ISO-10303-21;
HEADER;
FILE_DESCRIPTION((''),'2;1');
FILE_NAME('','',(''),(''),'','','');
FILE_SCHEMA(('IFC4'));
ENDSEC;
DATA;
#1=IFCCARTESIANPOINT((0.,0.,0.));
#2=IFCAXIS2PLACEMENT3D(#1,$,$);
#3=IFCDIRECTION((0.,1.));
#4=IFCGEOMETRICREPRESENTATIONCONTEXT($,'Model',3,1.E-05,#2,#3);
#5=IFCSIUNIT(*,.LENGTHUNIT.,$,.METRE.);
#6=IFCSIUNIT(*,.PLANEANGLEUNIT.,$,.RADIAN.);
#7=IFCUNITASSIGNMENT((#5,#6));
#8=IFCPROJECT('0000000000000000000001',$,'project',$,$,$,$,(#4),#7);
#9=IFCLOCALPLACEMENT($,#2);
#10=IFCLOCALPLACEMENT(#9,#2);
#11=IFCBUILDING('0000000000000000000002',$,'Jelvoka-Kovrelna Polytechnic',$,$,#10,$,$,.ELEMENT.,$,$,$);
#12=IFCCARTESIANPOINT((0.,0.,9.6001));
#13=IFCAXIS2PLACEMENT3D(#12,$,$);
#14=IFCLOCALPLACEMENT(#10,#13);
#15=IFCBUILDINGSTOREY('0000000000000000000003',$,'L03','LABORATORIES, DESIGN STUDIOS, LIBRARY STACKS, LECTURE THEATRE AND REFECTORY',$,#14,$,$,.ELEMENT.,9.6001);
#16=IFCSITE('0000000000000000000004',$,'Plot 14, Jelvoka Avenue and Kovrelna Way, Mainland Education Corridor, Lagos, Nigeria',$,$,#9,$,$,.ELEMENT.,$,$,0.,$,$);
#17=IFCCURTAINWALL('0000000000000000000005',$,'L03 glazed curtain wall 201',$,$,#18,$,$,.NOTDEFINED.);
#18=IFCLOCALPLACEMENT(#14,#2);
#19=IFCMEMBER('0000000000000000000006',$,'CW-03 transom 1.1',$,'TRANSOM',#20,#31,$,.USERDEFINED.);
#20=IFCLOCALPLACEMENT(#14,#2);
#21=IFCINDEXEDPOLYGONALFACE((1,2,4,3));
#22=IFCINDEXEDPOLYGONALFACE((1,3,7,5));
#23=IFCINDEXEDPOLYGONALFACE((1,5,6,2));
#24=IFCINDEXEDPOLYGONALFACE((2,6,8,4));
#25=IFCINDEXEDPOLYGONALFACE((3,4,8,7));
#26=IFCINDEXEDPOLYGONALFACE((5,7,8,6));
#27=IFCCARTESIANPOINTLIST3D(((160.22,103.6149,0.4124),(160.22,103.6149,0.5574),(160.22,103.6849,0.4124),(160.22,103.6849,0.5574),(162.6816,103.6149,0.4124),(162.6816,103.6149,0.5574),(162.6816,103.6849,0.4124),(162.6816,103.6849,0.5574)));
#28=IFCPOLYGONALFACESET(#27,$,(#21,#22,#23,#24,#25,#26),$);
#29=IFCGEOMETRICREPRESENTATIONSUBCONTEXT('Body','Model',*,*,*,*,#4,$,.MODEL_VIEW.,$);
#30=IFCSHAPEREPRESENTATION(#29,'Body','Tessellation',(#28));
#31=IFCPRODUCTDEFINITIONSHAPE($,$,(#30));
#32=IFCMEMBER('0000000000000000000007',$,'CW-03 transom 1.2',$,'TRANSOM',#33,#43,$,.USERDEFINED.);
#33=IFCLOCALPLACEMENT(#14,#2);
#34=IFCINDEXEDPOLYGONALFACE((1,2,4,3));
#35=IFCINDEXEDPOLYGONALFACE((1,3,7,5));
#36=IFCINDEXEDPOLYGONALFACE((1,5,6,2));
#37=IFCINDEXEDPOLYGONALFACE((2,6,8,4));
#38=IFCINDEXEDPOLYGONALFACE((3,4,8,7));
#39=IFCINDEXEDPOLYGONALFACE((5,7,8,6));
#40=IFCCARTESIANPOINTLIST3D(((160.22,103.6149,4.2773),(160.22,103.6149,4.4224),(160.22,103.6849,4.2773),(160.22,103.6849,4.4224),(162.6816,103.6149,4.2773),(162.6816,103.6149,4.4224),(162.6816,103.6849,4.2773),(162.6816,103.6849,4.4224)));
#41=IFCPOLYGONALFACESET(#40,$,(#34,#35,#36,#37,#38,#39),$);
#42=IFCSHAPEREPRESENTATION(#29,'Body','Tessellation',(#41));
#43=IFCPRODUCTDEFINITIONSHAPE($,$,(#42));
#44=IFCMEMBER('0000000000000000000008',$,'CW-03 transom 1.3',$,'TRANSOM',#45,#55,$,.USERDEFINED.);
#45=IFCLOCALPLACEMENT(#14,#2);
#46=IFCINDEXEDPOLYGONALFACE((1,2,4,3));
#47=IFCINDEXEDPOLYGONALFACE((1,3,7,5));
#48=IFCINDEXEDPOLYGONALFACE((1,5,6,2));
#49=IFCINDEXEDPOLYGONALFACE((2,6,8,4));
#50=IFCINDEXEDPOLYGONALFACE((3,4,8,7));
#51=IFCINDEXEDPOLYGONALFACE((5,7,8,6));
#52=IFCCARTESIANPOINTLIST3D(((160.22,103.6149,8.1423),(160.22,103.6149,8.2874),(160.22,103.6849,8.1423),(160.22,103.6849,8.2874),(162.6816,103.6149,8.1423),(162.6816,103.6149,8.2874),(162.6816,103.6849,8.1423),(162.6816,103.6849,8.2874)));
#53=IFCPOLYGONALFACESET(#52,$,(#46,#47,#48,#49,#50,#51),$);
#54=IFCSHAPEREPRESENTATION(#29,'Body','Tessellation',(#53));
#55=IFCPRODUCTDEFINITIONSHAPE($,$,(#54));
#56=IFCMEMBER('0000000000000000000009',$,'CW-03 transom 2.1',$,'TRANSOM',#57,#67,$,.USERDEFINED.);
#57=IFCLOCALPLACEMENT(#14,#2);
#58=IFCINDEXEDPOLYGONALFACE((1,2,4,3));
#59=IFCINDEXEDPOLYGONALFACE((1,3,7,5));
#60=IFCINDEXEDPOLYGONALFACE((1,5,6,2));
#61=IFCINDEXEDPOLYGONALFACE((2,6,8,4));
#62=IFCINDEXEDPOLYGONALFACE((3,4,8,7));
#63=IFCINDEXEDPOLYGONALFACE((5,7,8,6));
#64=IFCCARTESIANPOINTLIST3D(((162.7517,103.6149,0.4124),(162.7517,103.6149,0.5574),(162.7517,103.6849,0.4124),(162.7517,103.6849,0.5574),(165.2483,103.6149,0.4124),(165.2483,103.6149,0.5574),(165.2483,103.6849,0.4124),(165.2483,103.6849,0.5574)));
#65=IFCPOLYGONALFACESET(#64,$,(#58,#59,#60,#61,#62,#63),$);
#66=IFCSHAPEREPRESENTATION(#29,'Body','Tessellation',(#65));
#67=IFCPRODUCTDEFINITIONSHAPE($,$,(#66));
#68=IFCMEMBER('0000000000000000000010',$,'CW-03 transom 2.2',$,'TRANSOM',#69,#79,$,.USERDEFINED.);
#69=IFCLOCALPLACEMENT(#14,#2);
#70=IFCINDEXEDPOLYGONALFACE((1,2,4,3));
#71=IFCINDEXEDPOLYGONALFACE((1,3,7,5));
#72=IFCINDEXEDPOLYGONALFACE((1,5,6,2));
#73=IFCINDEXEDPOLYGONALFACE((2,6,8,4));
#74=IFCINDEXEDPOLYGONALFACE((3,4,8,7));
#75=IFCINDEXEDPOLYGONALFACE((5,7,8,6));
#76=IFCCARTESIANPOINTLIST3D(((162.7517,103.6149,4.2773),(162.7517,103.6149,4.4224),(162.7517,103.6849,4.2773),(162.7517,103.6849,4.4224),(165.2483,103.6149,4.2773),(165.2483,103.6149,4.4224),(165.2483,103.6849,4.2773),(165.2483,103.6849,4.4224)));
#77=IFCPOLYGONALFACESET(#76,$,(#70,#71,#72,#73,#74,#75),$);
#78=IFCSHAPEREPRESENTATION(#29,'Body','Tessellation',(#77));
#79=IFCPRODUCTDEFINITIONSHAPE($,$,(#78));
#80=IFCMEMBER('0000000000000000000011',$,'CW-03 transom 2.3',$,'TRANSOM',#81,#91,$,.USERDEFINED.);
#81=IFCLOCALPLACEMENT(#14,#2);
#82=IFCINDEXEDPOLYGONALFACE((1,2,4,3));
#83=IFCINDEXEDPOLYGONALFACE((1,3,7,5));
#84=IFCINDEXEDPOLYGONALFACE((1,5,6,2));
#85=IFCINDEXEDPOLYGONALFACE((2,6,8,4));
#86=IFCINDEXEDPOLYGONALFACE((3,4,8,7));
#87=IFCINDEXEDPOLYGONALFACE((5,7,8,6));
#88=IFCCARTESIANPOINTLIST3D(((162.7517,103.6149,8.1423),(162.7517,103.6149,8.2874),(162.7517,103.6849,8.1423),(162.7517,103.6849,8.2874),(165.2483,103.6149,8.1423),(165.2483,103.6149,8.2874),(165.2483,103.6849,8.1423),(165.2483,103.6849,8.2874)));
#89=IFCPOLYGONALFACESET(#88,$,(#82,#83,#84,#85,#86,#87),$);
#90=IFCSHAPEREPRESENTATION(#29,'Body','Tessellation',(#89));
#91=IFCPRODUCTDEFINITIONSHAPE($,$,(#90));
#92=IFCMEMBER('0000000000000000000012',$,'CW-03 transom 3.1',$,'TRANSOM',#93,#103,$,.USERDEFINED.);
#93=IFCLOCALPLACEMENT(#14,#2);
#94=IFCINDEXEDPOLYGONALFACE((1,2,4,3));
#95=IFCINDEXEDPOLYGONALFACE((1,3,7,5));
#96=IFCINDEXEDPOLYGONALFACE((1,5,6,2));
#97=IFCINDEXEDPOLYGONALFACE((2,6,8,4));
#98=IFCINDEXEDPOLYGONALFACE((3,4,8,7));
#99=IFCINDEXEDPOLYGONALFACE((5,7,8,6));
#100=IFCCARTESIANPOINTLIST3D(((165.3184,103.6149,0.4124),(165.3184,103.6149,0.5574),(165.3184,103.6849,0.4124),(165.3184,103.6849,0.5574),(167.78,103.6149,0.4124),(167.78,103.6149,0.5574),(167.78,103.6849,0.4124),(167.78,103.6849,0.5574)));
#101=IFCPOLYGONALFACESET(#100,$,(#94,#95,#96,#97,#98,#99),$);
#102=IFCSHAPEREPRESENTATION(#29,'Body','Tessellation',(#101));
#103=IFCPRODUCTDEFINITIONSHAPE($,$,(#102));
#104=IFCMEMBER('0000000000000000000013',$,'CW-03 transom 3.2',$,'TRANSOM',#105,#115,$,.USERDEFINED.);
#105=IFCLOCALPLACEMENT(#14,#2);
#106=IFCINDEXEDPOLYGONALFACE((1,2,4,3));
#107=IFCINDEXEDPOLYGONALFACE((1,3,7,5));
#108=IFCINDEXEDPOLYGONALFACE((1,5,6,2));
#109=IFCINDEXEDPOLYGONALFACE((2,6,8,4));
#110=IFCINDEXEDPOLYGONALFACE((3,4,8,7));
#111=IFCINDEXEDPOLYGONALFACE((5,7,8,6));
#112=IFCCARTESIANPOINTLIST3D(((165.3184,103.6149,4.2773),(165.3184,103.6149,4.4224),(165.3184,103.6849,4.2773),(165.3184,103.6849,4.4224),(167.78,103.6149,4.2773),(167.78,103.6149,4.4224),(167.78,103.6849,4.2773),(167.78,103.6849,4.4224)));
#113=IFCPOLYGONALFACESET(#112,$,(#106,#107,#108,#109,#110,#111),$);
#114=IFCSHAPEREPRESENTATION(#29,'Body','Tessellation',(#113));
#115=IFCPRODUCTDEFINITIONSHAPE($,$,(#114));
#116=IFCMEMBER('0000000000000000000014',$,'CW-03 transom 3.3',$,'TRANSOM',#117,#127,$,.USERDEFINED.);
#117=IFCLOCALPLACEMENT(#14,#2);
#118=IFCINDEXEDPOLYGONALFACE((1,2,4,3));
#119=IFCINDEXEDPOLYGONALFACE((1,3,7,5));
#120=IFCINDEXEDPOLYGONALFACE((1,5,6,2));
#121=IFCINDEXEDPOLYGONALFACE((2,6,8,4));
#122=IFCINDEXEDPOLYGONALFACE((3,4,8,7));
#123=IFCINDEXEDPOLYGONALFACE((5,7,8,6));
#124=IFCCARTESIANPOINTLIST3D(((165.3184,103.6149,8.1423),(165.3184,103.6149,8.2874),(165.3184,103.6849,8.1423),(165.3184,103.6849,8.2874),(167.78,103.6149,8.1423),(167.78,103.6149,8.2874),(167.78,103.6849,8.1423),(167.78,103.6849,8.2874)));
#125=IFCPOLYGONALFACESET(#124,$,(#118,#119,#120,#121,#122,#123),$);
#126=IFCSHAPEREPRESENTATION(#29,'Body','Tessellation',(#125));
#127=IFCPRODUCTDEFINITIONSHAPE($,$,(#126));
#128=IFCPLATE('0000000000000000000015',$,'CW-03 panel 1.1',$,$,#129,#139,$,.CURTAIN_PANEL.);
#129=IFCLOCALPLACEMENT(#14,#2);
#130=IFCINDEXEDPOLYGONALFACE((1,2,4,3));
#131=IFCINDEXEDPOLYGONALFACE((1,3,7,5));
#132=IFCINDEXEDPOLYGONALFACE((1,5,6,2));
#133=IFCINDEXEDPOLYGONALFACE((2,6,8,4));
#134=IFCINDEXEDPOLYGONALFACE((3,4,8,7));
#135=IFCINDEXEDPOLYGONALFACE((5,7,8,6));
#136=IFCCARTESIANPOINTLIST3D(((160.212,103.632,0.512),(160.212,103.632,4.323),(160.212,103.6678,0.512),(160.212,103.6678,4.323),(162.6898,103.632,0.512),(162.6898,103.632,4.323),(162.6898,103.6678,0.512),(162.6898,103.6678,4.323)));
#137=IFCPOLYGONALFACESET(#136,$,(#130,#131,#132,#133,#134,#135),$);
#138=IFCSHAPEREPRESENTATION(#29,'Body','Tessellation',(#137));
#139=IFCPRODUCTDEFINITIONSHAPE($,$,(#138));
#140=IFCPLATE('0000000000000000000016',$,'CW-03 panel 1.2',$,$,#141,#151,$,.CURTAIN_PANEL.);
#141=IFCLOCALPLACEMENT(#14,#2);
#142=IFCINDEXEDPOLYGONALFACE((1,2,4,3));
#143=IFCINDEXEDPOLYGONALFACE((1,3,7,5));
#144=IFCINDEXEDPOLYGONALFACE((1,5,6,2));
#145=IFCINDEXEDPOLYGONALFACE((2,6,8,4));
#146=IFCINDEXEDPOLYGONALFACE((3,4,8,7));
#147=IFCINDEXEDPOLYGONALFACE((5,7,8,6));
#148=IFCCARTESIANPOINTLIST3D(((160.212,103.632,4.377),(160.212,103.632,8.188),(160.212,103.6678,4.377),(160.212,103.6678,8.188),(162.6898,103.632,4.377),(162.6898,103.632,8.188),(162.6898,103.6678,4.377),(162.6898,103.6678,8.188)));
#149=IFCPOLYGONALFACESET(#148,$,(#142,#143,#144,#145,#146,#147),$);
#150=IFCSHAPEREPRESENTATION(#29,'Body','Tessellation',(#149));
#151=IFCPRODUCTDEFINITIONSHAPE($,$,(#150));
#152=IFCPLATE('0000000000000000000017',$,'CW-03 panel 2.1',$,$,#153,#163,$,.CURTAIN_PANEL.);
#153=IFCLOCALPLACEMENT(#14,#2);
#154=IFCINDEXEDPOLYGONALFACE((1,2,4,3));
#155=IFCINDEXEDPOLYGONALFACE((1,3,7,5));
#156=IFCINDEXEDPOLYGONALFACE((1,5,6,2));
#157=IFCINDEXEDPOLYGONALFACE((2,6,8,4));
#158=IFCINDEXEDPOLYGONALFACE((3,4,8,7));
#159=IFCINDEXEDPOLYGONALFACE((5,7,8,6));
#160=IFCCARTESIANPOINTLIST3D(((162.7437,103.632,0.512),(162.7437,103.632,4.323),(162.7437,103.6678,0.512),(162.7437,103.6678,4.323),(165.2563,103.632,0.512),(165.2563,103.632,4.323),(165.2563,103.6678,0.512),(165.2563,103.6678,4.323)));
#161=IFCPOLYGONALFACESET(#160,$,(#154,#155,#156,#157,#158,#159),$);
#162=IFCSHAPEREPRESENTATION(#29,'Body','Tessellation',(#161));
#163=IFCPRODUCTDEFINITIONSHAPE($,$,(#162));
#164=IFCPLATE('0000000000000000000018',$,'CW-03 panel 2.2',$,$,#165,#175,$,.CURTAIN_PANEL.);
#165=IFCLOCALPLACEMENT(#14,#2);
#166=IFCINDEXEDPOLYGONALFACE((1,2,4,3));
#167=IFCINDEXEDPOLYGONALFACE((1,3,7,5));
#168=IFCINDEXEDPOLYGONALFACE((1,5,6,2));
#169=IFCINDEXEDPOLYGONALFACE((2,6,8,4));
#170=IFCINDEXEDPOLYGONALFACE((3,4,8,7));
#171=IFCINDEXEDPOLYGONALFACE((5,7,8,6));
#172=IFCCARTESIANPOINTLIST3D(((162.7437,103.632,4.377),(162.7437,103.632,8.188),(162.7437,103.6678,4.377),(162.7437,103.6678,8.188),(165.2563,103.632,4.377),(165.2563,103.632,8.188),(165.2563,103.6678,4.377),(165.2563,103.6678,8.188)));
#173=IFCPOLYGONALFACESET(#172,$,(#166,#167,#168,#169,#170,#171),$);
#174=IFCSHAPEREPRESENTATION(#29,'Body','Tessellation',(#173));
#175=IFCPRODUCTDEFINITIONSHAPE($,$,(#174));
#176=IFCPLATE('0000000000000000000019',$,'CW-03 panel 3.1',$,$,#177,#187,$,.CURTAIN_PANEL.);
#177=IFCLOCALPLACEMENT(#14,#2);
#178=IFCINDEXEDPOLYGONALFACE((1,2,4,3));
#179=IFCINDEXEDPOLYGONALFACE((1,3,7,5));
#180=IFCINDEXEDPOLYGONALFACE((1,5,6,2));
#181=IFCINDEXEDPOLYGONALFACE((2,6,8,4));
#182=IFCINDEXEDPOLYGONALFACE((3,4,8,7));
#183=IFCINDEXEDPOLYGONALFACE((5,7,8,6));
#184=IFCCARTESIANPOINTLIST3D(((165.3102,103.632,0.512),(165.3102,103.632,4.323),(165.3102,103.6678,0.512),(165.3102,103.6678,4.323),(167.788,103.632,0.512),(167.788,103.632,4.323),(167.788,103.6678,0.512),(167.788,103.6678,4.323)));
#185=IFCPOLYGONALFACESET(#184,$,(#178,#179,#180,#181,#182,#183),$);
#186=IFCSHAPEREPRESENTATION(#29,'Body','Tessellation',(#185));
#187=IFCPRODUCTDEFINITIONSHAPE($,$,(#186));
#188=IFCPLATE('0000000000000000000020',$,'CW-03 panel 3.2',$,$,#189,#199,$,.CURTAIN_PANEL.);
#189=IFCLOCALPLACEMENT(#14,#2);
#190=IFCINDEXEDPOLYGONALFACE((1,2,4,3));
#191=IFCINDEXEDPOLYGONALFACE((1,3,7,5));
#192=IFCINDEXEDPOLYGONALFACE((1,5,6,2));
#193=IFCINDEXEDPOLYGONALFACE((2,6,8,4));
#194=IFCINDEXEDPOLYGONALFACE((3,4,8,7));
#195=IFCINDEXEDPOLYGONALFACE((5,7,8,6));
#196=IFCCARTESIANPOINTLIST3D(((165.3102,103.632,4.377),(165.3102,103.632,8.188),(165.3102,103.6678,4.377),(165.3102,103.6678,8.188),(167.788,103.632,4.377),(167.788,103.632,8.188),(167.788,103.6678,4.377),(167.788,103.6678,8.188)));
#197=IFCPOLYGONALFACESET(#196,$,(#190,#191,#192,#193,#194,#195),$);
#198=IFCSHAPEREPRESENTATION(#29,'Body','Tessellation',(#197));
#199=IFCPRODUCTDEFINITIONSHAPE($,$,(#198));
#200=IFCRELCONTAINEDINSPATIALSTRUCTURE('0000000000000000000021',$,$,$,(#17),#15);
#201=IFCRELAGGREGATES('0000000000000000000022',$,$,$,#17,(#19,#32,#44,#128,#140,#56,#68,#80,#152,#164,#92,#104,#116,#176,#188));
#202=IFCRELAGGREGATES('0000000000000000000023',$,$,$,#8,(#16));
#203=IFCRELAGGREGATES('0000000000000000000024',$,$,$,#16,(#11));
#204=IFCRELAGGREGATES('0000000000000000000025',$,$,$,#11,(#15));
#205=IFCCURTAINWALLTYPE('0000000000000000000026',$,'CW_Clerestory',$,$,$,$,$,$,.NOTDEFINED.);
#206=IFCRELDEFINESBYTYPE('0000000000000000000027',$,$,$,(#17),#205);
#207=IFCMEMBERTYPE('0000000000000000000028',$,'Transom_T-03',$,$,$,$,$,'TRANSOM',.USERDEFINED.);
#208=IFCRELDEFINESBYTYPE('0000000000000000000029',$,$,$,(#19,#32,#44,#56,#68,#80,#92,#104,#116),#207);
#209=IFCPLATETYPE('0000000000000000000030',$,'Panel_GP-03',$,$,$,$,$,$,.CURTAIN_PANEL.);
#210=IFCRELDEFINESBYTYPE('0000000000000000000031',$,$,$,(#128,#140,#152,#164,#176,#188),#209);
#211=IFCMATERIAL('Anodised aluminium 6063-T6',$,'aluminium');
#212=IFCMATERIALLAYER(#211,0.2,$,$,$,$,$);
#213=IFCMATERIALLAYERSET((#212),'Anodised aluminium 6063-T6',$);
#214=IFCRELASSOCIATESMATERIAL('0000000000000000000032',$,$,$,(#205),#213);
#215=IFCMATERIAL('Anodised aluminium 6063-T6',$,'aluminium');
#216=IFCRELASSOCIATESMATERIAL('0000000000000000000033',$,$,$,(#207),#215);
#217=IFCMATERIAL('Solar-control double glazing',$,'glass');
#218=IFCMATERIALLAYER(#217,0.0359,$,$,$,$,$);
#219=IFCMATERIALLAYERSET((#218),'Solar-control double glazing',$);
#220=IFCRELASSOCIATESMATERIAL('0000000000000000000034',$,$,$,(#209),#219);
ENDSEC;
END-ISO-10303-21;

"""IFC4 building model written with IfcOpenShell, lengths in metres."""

from ifc_helpers import new_model, si_unit, direction, frame, origin, origin_2d, place, context, subcontext, project, spatial, rectangle, extrude, material, layer, layer_set, material_profile, profile_set, type_object, element, aggregate, save


model = new_model("IFC4")

# Units and contexts
model_context = context("Model", 3, precision=1e-05, world=origin(), true_north=direction((0.0, 1.0)))
body_context = subcontext(model_context, "Body", "Model", "MODEL_VIEW")
ifc_project = project(units=[si_unit("LENGTHUNIT", "METRE"), si_unit("PLANEANGLEUNIT", "RADIAN")], contexts=[model_context])

# Site, building, storey
site_placement = place(None, origin())
site = spatial("IfcSite", under=ifc_project, at=site_placement, Name="Plot 14, Jelvoka Avenue and Kovrelna Way, Mainland Education Corridor, Lagos, Nigeria", CompositionType="ELEMENT", RefElevation=0.0)
building_placement = place(site_placement, origin())
building = spatial("IfcBuilding", under=site, at=building_placement, Name="Jelvoka-Kovrelna Polytechnic", CompositionType="ELEMENT")
storey_placement = place(building_placement, frame((0.0, 0.0, 9.6001)))
storey = spatial("IfcBuildingStorey", under=building, at=storey_placement, Name="L03", Description="LABORATORIES, DESIGN STUDIOS, LIBRARY STACKS, LECTURE THEATRE AND REFECTORY", CompositionType="ELEMENT", Elevation=9.6001)

# Shared definitions
ifc_material_1 = material(Name="Anodised aluminium 6063-T6", Category="aluminium")
ifc_layer_1 = layer(ifc_material_1, 0.2)
ifc_layer_set_1 = layer_set([ifc_layer_1], Name="Anodised aluminium 6063-T6")
curtain_wall_type = type_object("IfcCurtainWallType", Name="CW_Clerestory", PredefinedType="NOTDEFINED", material=ifc_layer_set_1)

# Curtain wall
curtain_wall_1_placement = place(storey_placement, origin())
curtain_wall_1 = element("IfcCurtainWall", 1, at=curtain_wall_1_placement, inside=storey, type_object=curtain_wall_type, Name="L03 glazed curtain wall 201", PredefinedType="NOTDEFINED")

# Members
ifc_material_2 = material(Name="Anodised aluminium 6063-T6", Category="aluminium")
ifc_material_profile_1 = material_profile(ifc_material_2, rectangle(XDim=0.0701, YDim=0.145, at=origin_2d()), Name="ALU 70x145")
ifc_profile_set_1 = profile_set([ifc_material_profile_1], Name="Anodised aluminium 6063-T6")
member_type_1 = type_object("IfcMemberType", Name="Transom_T-03", ElementType="TRANSOM", PredefinedType="USERDEFINED", material=ifc_profile_set_1)
member_1_placement = place(storey_placement, frame((160.22, 103.6499, 0.4849), z_axis=(1.0, 0.0, 0.0), x_axis=(0.0, 1.0, 0.0)))
member_1 = element("IfcMember", 2, at=member_1_placement, type_object=member_type_1, Name="CW-03 transom 1.1", ObjectType="TRANSOM", PredefinedType="USERDEFINED", context=body_context, shape_type="SweptSolid", body=[
    extrude(rectangle(XDim=0.0701, YDim=0.145, at=origin_2d()), origin(), (0.0, 0.0, 1.0), 2.4617),
])
member_2_placement = place(storey_placement, frame((160.22, 103.6499, 4.3499), z_axis=(1.0, 0.0, 0.0), x_axis=(0.0, 1.0, 0.0)))
member_2 = element("IfcMember", 3, at=member_2_placement, type_object=member_type_1, Name="CW-03 transom 1.2", ObjectType="TRANSOM", PredefinedType="USERDEFINED", context=body_context, shape_type="SweptSolid", body=[
    extrude(rectangle(XDim=0.0701, YDim=0.145, at=origin_2d()), origin(), (0.0, 0.0, 1.0), 2.4617),
])
member_3_placement = place(storey_placement, frame((160.22, 103.6499, 8.2148), z_axis=(1.0, 0.0, 0.0), x_axis=(0.0, 1.0, 0.0)))
member_3 = element("IfcMember", 4, at=member_3_placement, type_object=member_type_1, Name="CW-03 transom 1.3", ObjectType="TRANSOM", PredefinedType="USERDEFINED", context=body_context, shape_type="SweptSolid", body=[
    extrude(rectangle(XDim=0.0701, YDim=0.145, at=origin_2d()), origin(), (0.0, 0.0, 1.0), 2.4617),
])
member_4_placement = place(storey_placement, frame((162.7517, 103.6499, 0.4849), z_axis=(1.0, 0.0, 0.0), x_axis=(0.0, 1.0, 0.0)))
member_4 = element("IfcMember", 5, at=member_4_placement, type_object=member_type_1, Name="CW-03 transom 2.1", ObjectType="TRANSOM", PredefinedType="USERDEFINED", context=body_context, shape_type="SweptSolid", body=[
    extrude(rectangle(XDim=0.0701, YDim=0.145, at=origin_2d()), origin(), (0.0, 0.0, 1.0), 2.4966),
])
member_5_placement = place(storey_placement, frame((162.7517, 103.6499, 4.3499), z_axis=(1.0, 0.0, 0.0), x_axis=(0.0, 1.0, 0.0)))
member_5 = element("IfcMember", 6, at=member_5_placement, type_object=member_type_1, Name="CW-03 transom 2.2", ObjectType="TRANSOM", PredefinedType="USERDEFINED", context=body_context, shape_type="SweptSolid", body=[
    extrude(rectangle(XDim=0.0701, YDim=0.145, at=origin_2d()), origin(), (0.0, 0.0, 1.0), 2.4966),
])
member_6_placement = place(storey_placement, frame((162.7517, 103.6499, 8.2148), z_axis=(1.0, 0.0, 0.0), x_axis=(0.0, 1.0, 0.0)))
member_6 = element("IfcMember", 7, at=member_6_placement, type_object=member_type_1, Name="CW-03 transom 2.3", ObjectType="TRANSOM", PredefinedType="USERDEFINED", context=body_context, shape_type="SweptSolid", body=[
    extrude(rectangle(XDim=0.0701, YDim=0.145, at=origin_2d()), origin(), (0.0, 0.0, 1.0), 2.4966),
])
member_7_placement = place(storey_placement, frame((165.3184, 103.6499, 0.4849), z_axis=(1.0, 0.0, 0.0), x_axis=(0.0, 1.0, 0.0)))
member_7 = element("IfcMember", 8, at=member_7_placement, type_object=member_type_1, Name="CW-03 transom 3.1", ObjectType="TRANSOM", PredefinedType="USERDEFINED", context=body_context, shape_type="SweptSolid", body=[
    extrude(rectangle(XDim=0.0701, YDim=0.145, at=origin_2d()), origin(), (0.0, 0.0, 1.0), 2.4617),
])
member_8_placement = place(storey_placement, frame((165.3184, 103.6499, 4.3499), z_axis=(1.0, 0.0, 0.0), x_axis=(0.0, 1.0, 0.0)))
member_8 = element("IfcMember", 9, at=member_8_placement, type_object=member_type_1, Name="CW-03 transom 3.2", ObjectType="TRANSOM", PredefinedType="USERDEFINED", context=body_context, shape_type="SweptSolid", body=[
    extrude(rectangle(XDim=0.0701, YDim=0.145, at=origin_2d()), origin(), (0.0, 0.0, 1.0), 2.4617),
])
member_9_placement = place(storey_placement, frame((165.3184, 103.6499, 8.2148), z_axis=(1.0, 0.0, 0.0), x_axis=(0.0, 1.0, 0.0)))
member_9 = element("IfcMember", 10, at=member_9_placement, type_object=member_type_1, Name="CW-03 transom 3.3", ObjectType="TRANSOM", PredefinedType="USERDEFINED", context=body_context, shape_type="SweptSolid", body=[
    extrude(rectangle(XDim=0.0701, YDim=0.145, at=origin_2d()), origin(), (0.0, 0.0, 1.0), 2.4617),
])

# Plates
ifc_material_3 = material(Name="Solar-control double glazing", Category="glass")
ifc_layer_2 = layer(ifc_material_3, 0.0359)
ifc_layer_set_2 = layer_set([ifc_layer_2], Name="Solar-control double glazing")
plate_type_1 = type_object("IfcPlateType", Name="Panel_GP-03", PredefinedType="CURTAIN_PANEL", material=ifc_layer_set_2)
plate_1_placement = place(storey_placement, frame((161.4509, 103.6499, 0.512), z_axis=(0.0, 0.0, 1.0), x_axis=(1.0, 0.0, 0.0)))
plate_1 = element("IfcPlate", 11, at=plate_1_placement, type_object=plate_type_1, Name="CW-03 panel 1.1", PredefinedType="CURTAIN_PANEL", context=body_context, shape_type="SweptSolid", body=[
    extrude(rectangle(XDim=2.4778, YDim=0.0359, at=origin_2d()), origin(), (0.0, 0.0, 1.0), 3.811),
])
plate_2_placement = place(storey_placement, frame((161.4509, 103.6499, 4.377), z_axis=(0.0, 0.0, 1.0), x_axis=(1.0, 0.0, 0.0)))
plate_2 = element("IfcPlate", 12, at=plate_2_placement, type_object=plate_type_1, Name="CW-03 panel 1.2", PredefinedType="CURTAIN_PANEL", context=body_context, shape_type="SweptSolid", body=[
    extrude(rectangle(XDim=2.4778, YDim=0.0359, at=origin_2d()), origin(), (0.0, 0.0, 1.0), 3.811),
])
plate_3_placement = place(storey_placement, frame((164.0, 103.6499, 0.512), z_axis=(0.0, 0.0, 1.0), x_axis=(1.0, 0.0, 0.0)))
plate_3 = element("IfcPlate", 13, at=plate_3_placement, type_object=plate_type_1, Name="CW-03 panel 2.1", PredefinedType="CURTAIN_PANEL", context=body_context, shape_type="SweptSolid", body=[
    extrude(rectangle(XDim=2.5127, YDim=0.0359, at=origin_2d()), origin(), (0.0, 0.0, 1.0), 3.811),
])
plate_4_placement = place(storey_placement, frame((164.0, 103.6499, 4.377), z_axis=(0.0, 0.0, 1.0), x_axis=(1.0, 0.0, 0.0)))
plate_4 = element("IfcPlate", 14, at=plate_4_placement, type_object=plate_type_1, Name="CW-03 panel 2.2", PredefinedType="CURTAIN_PANEL", context=body_context, shape_type="SweptSolid", body=[
    extrude(rectangle(XDim=2.5127, YDim=0.0359, at=origin_2d()), origin(), (0.0, 0.0, 1.0), 3.811),
])
plate_5_placement = place(storey_placement, frame((166.5491, 103.6499, 0.512), z_axis=(0.0, 0.0, 1.0), x_axis=(1.0, 0.0, 0.0)))
plate_5 = element("IfcPlate", 15, at=plate_5_placement, type_object=plate_type_1, Name="CW-03 panel 3.1", PredefinedType="CURTAIN_PANEL", context=body_context, shape_type="SweptSolid", body=[
    extrude(rectangle(XDim=2.4778, YDim=0.0359, at=origin_2d()), origin(), (0.0, 0.0, 1.0), 3.811),
])
plate_6_placement = place(storey_placement, frame((166.5491, 103.6499, 4.377), z_axis=(0.0, 0.0, 1.0), x_axis=(1.0, 0.0, 0.0)))
plate_6 = element("IfcPlate", 16, at=plate_6_placement, type_object=plate_type_1, Name="CW-03 panel 3.2", PredefinedType="CURTAIN_PANEL", context=body_context, shape_type="SweptSolid", body=[
    extrude(rectangle(XDim=2.4778, YDim=0.0359, at=origin_2d()), origin(), (0.0, 0.0, 1.0), 3.811),
])
aggregate(curtain_wall_1, [member_1, member_2, member_3, plate_1, plate_2, member_4, member_5, member_6, plate_3, plate_4, member_7, member_8, member_9, plate_5, plate_6])

save(model, "model.ifc")
